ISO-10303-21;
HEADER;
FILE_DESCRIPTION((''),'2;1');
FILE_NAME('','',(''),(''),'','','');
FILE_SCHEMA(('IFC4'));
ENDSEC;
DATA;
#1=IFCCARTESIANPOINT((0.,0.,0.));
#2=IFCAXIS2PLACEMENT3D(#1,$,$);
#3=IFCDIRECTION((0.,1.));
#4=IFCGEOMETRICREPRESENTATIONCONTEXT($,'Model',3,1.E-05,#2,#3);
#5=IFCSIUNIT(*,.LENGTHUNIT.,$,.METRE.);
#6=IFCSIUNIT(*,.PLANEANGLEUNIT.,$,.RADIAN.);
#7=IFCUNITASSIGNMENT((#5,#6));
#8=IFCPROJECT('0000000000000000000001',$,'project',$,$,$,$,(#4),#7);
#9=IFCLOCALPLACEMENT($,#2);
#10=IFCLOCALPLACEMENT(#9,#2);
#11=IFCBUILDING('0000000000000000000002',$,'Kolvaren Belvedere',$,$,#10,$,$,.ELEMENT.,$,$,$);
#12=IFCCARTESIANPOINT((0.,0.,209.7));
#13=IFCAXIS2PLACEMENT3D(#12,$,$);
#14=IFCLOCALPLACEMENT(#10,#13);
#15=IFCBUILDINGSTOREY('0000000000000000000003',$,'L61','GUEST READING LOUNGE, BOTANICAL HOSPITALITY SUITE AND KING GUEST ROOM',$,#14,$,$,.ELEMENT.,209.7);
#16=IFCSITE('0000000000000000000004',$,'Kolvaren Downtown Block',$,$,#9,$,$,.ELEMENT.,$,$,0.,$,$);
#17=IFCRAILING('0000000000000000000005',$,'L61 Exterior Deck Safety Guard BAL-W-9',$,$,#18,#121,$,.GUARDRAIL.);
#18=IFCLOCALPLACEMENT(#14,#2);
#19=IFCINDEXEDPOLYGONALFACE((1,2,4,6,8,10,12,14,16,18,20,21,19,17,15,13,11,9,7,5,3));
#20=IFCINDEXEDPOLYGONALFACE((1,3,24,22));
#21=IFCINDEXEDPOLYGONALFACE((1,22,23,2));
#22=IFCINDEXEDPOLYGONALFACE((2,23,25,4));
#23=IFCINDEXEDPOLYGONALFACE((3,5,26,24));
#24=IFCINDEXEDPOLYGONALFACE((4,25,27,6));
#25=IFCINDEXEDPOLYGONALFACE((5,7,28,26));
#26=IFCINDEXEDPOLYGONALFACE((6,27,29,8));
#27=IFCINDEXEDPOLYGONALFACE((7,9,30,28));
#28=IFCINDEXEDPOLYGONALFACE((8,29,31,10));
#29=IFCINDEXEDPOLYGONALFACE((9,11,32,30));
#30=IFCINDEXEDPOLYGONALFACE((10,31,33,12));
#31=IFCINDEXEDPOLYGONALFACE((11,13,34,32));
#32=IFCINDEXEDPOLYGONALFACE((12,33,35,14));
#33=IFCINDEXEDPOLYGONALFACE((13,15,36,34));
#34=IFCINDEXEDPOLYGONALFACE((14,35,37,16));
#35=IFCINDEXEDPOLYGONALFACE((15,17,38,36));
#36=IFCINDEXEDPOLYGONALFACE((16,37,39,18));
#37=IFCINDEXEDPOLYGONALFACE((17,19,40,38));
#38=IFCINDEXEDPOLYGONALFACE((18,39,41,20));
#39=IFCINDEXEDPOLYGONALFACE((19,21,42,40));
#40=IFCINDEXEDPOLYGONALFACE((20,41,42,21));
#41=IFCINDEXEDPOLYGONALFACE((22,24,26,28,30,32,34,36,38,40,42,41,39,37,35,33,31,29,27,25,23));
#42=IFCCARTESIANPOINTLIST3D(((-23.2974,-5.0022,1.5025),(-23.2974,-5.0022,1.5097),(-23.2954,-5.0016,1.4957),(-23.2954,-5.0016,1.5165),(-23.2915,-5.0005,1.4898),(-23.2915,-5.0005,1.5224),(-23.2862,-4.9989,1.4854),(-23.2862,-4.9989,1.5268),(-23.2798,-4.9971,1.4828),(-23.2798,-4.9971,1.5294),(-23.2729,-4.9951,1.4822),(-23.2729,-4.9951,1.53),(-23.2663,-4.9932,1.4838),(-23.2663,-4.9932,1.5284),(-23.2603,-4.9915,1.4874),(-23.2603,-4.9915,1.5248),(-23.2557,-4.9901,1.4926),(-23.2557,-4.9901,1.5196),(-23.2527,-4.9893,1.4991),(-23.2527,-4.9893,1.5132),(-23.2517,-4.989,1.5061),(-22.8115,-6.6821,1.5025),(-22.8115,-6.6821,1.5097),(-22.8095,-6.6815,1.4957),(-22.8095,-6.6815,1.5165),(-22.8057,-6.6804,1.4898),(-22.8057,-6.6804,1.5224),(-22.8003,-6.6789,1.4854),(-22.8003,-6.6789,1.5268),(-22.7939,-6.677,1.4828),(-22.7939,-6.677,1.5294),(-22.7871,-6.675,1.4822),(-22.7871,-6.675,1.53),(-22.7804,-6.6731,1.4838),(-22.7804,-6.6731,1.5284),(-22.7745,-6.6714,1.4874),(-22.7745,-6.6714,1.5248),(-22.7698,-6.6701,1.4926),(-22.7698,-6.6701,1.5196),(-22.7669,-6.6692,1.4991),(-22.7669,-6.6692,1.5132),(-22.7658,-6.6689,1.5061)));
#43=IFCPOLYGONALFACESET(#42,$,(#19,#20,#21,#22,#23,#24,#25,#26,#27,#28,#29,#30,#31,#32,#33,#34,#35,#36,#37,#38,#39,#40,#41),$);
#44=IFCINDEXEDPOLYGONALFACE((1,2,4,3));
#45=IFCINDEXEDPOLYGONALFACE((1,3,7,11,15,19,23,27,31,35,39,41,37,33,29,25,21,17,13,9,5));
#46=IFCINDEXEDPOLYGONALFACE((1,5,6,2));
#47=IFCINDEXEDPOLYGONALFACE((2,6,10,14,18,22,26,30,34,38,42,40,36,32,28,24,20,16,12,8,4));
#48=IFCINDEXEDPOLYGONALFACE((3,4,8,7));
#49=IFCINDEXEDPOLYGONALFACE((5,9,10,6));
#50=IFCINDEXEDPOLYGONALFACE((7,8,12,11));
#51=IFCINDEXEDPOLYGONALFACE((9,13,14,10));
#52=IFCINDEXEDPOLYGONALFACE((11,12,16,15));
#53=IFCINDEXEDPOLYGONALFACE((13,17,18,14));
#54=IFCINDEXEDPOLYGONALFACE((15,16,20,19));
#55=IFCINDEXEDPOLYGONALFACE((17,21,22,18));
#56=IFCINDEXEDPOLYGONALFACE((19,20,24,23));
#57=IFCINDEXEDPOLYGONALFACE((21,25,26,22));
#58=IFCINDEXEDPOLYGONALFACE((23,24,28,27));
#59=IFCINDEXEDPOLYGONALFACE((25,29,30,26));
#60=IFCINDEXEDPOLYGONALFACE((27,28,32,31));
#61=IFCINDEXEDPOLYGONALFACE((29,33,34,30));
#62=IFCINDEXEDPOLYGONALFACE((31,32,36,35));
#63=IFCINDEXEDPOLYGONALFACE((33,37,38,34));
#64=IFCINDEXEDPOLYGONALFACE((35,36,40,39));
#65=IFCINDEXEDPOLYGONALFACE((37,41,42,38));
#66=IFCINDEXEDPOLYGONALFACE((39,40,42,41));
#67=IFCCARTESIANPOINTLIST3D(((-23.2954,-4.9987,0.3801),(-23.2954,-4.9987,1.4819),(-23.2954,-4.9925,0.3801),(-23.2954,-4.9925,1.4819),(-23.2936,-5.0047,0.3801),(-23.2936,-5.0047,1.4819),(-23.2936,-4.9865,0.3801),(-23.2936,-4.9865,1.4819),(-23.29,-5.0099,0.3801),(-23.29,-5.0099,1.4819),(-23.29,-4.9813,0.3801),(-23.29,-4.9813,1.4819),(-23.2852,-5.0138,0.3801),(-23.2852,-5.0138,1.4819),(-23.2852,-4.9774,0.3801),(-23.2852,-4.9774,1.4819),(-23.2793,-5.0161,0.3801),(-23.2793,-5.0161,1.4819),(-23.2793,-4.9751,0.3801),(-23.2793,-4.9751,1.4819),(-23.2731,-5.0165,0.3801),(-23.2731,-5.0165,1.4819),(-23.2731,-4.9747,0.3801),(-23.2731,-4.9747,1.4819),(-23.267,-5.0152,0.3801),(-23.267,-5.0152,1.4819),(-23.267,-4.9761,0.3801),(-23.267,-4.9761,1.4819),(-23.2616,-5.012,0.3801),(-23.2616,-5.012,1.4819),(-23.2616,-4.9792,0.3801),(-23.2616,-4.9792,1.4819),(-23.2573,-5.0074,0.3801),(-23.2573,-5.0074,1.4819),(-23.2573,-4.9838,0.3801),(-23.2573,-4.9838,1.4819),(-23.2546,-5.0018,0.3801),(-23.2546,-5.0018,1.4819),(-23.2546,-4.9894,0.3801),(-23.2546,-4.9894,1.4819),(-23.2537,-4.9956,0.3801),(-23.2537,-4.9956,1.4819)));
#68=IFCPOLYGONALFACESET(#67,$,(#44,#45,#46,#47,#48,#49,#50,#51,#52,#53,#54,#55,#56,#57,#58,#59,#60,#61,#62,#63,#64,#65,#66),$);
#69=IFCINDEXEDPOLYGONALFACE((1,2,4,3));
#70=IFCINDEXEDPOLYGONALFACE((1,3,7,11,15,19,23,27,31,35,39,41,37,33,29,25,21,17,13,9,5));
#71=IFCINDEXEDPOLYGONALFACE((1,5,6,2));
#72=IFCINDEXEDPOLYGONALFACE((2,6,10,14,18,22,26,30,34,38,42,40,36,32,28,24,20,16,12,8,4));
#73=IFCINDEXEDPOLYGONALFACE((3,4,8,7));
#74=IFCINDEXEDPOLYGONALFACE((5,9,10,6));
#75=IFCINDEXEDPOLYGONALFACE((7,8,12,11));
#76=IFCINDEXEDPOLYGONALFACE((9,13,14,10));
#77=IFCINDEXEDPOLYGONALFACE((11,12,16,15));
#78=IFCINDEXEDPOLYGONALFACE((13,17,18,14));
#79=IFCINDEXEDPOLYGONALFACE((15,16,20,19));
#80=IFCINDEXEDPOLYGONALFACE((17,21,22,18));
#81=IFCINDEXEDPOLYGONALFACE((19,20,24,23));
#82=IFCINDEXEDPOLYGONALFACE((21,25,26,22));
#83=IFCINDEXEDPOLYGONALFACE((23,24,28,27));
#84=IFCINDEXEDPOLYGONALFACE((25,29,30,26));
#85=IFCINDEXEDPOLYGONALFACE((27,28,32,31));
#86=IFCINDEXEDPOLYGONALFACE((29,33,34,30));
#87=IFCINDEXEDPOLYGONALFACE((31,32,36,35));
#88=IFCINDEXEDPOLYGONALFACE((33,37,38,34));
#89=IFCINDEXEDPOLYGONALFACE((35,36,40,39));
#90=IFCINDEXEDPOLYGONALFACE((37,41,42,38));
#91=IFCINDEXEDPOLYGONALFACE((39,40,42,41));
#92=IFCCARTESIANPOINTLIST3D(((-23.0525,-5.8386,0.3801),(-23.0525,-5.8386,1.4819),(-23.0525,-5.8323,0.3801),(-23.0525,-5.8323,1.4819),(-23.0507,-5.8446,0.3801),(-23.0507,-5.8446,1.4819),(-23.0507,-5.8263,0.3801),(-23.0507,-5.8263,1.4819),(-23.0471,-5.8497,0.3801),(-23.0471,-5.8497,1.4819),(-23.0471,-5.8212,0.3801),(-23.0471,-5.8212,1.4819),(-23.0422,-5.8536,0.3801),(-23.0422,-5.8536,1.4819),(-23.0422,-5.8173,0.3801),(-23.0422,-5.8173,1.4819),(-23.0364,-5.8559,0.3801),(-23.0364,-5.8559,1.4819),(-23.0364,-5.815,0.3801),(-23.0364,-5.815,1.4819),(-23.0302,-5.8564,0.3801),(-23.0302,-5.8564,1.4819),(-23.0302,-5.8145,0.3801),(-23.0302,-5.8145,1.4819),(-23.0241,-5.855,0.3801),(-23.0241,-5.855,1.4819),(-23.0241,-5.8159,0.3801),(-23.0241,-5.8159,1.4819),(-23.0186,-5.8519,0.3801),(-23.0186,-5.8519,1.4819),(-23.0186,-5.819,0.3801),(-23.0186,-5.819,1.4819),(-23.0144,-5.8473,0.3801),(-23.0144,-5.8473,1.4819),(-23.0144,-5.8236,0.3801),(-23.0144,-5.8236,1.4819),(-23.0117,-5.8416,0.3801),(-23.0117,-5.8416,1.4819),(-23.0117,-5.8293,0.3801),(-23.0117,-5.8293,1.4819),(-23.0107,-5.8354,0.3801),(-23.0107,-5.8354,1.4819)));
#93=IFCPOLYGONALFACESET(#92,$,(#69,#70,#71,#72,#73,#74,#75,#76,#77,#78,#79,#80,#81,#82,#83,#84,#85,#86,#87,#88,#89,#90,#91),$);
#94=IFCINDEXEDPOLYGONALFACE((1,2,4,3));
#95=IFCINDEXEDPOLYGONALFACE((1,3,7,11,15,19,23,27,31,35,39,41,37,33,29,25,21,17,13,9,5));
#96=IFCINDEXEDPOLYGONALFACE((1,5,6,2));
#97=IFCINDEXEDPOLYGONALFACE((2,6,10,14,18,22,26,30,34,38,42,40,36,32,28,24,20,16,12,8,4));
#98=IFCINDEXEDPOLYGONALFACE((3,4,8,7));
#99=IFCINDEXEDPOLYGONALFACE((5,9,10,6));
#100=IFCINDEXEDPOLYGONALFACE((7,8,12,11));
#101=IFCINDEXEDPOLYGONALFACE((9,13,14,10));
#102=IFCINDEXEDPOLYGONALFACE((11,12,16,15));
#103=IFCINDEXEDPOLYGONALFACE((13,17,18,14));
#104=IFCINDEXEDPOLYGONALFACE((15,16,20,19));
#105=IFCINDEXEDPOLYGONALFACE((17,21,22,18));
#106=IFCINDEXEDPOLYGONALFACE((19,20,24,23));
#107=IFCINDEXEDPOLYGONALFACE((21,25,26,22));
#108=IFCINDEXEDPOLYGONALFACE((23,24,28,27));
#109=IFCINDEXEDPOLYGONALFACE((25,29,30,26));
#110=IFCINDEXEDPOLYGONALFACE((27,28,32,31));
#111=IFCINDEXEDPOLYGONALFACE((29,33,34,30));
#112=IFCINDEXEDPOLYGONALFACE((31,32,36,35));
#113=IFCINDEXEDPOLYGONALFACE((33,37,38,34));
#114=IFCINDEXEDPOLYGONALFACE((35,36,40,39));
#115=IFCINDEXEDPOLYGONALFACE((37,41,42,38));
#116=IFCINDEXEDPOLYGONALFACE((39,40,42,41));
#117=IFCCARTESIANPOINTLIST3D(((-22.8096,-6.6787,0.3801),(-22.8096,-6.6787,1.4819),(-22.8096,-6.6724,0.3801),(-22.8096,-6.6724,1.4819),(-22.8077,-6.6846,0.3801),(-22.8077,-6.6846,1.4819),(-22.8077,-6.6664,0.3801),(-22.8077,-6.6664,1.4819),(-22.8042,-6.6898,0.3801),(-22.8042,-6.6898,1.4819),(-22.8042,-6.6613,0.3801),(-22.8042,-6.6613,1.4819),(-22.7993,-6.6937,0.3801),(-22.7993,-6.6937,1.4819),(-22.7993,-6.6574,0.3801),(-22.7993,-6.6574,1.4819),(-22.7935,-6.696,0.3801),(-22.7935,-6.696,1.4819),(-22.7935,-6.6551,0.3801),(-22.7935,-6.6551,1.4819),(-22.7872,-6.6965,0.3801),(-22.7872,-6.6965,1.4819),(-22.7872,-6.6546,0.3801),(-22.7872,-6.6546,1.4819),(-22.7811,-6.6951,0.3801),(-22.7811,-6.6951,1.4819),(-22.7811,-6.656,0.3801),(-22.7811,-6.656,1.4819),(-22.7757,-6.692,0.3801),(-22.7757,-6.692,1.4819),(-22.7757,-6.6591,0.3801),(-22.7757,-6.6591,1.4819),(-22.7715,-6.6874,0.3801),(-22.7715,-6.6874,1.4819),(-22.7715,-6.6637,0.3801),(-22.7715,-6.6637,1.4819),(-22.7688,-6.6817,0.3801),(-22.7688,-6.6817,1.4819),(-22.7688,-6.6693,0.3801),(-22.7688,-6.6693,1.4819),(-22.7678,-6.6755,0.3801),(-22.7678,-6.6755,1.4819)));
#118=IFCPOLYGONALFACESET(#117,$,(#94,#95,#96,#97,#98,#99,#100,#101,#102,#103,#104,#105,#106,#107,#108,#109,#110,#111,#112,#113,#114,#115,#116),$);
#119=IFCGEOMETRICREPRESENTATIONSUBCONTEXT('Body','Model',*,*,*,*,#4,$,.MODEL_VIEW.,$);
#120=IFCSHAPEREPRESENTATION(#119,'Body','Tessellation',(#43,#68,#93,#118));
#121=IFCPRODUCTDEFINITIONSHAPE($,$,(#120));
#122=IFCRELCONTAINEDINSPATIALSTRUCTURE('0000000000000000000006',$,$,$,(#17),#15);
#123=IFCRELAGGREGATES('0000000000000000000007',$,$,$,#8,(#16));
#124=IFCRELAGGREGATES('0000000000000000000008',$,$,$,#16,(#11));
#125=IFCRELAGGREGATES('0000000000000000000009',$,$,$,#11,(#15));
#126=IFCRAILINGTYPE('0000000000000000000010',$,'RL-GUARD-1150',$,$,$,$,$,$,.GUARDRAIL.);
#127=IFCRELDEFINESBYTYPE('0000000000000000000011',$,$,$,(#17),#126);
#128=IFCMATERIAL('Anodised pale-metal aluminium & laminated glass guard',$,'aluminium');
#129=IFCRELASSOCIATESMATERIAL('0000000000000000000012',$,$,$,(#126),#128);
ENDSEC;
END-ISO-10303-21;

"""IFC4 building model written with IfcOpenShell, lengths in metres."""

from ifc_helpers import new_model, si_unit, direction, frame, origin, origin_2d, place, context, subcontext, project, spatial, circle, extrude, material, type_object, element, save


model = new_model("IFC4")

# Units and contexts
model_context = context("Model", 3, precision=1e-05, world=origin(), true_north=direction((0.0, 1.0)))
body_context = subcontext(model_context, "Body", "Model", "MODEL_VIEW")
ifc_project = project(units=[si_unit("LENGTHUNIT", "METRE"), si_unit("PLANEANGLEUNIT", "RADIAN")], contexts=[model_context])

# Site, building, storey
site_placement = place(None, origin())
site = spatial("IfcSite", under=ifc_project, at=site_placement, Name="Kolvaren Downtown Block", CompositionType="ELEMENT", RefElevation=0.0)
building_placement = place(site_placement, origin())
building = spatial("IfcBuilding", under=site, at=building_placement, Name="Kolvaren Belvedere", CompositionType="ELEMENT")
storey_placement = place(building_placement, frame((0.0, 0.0, 209.7)))
storey = spatial("IfcBuildingStorey", under=building, at=storey_placement, Name="L61", Description="GUEST READING LOUNGE, BOTANICAL HOSPITALITY SUITE AND KING GUEST ROOM", CompositionType="ELEMENT", Elevation=209.7)

# Railing
ifc_material_1 = material(Name="Anodised pale-metal aluminium & laminated glass guard", Category="aluminium")
railing_type = type_object("IfcRailingType", Name="RL-GUARD-1150", PredefinedType="GUARDRAIL", material=ifc_material_1)
railing_1_placement = place(storey_placement, frame((-23.2747, -4.9956, 0.3801)))
element("IfcRailing", 1, at=railing_1_placement, inside=storey, type_object=railing_type, Name="L61 Exterior Deck Safety Guard BAL-W-9", PredefinedType="GUARDRAIL", context=body_context, shape_type="SweptSolid", body=[
    extrude(circle(Radius=0.0239, at=origin_2d()), frame((0.0, 0.0, 1.126), z_axis=(0.277817, -0.960634, 0.0), x_axis=(0.960634, 0.277817, 0.0)), (0.0, 0.0, 1.0), 1.7488),
    extrude(circle(Radius=0.021, at=origin_2d()), origin(), (0.0, 0.0, 1.0), 1.1018),
    extrude(circle(Radius=0.021, at=origin_2d()), frame((0.2429, -0.8398, 0.0)), (0.0, 0.0, 1.0), 1.1018),
    extrude(circle(Radius=0.021, at=origin_2d()), frame((0.4858, -1.6799, 0.0)), (0.0, 0.0, 1.0), 1.1018),
])

save(model, "model.ifc")
